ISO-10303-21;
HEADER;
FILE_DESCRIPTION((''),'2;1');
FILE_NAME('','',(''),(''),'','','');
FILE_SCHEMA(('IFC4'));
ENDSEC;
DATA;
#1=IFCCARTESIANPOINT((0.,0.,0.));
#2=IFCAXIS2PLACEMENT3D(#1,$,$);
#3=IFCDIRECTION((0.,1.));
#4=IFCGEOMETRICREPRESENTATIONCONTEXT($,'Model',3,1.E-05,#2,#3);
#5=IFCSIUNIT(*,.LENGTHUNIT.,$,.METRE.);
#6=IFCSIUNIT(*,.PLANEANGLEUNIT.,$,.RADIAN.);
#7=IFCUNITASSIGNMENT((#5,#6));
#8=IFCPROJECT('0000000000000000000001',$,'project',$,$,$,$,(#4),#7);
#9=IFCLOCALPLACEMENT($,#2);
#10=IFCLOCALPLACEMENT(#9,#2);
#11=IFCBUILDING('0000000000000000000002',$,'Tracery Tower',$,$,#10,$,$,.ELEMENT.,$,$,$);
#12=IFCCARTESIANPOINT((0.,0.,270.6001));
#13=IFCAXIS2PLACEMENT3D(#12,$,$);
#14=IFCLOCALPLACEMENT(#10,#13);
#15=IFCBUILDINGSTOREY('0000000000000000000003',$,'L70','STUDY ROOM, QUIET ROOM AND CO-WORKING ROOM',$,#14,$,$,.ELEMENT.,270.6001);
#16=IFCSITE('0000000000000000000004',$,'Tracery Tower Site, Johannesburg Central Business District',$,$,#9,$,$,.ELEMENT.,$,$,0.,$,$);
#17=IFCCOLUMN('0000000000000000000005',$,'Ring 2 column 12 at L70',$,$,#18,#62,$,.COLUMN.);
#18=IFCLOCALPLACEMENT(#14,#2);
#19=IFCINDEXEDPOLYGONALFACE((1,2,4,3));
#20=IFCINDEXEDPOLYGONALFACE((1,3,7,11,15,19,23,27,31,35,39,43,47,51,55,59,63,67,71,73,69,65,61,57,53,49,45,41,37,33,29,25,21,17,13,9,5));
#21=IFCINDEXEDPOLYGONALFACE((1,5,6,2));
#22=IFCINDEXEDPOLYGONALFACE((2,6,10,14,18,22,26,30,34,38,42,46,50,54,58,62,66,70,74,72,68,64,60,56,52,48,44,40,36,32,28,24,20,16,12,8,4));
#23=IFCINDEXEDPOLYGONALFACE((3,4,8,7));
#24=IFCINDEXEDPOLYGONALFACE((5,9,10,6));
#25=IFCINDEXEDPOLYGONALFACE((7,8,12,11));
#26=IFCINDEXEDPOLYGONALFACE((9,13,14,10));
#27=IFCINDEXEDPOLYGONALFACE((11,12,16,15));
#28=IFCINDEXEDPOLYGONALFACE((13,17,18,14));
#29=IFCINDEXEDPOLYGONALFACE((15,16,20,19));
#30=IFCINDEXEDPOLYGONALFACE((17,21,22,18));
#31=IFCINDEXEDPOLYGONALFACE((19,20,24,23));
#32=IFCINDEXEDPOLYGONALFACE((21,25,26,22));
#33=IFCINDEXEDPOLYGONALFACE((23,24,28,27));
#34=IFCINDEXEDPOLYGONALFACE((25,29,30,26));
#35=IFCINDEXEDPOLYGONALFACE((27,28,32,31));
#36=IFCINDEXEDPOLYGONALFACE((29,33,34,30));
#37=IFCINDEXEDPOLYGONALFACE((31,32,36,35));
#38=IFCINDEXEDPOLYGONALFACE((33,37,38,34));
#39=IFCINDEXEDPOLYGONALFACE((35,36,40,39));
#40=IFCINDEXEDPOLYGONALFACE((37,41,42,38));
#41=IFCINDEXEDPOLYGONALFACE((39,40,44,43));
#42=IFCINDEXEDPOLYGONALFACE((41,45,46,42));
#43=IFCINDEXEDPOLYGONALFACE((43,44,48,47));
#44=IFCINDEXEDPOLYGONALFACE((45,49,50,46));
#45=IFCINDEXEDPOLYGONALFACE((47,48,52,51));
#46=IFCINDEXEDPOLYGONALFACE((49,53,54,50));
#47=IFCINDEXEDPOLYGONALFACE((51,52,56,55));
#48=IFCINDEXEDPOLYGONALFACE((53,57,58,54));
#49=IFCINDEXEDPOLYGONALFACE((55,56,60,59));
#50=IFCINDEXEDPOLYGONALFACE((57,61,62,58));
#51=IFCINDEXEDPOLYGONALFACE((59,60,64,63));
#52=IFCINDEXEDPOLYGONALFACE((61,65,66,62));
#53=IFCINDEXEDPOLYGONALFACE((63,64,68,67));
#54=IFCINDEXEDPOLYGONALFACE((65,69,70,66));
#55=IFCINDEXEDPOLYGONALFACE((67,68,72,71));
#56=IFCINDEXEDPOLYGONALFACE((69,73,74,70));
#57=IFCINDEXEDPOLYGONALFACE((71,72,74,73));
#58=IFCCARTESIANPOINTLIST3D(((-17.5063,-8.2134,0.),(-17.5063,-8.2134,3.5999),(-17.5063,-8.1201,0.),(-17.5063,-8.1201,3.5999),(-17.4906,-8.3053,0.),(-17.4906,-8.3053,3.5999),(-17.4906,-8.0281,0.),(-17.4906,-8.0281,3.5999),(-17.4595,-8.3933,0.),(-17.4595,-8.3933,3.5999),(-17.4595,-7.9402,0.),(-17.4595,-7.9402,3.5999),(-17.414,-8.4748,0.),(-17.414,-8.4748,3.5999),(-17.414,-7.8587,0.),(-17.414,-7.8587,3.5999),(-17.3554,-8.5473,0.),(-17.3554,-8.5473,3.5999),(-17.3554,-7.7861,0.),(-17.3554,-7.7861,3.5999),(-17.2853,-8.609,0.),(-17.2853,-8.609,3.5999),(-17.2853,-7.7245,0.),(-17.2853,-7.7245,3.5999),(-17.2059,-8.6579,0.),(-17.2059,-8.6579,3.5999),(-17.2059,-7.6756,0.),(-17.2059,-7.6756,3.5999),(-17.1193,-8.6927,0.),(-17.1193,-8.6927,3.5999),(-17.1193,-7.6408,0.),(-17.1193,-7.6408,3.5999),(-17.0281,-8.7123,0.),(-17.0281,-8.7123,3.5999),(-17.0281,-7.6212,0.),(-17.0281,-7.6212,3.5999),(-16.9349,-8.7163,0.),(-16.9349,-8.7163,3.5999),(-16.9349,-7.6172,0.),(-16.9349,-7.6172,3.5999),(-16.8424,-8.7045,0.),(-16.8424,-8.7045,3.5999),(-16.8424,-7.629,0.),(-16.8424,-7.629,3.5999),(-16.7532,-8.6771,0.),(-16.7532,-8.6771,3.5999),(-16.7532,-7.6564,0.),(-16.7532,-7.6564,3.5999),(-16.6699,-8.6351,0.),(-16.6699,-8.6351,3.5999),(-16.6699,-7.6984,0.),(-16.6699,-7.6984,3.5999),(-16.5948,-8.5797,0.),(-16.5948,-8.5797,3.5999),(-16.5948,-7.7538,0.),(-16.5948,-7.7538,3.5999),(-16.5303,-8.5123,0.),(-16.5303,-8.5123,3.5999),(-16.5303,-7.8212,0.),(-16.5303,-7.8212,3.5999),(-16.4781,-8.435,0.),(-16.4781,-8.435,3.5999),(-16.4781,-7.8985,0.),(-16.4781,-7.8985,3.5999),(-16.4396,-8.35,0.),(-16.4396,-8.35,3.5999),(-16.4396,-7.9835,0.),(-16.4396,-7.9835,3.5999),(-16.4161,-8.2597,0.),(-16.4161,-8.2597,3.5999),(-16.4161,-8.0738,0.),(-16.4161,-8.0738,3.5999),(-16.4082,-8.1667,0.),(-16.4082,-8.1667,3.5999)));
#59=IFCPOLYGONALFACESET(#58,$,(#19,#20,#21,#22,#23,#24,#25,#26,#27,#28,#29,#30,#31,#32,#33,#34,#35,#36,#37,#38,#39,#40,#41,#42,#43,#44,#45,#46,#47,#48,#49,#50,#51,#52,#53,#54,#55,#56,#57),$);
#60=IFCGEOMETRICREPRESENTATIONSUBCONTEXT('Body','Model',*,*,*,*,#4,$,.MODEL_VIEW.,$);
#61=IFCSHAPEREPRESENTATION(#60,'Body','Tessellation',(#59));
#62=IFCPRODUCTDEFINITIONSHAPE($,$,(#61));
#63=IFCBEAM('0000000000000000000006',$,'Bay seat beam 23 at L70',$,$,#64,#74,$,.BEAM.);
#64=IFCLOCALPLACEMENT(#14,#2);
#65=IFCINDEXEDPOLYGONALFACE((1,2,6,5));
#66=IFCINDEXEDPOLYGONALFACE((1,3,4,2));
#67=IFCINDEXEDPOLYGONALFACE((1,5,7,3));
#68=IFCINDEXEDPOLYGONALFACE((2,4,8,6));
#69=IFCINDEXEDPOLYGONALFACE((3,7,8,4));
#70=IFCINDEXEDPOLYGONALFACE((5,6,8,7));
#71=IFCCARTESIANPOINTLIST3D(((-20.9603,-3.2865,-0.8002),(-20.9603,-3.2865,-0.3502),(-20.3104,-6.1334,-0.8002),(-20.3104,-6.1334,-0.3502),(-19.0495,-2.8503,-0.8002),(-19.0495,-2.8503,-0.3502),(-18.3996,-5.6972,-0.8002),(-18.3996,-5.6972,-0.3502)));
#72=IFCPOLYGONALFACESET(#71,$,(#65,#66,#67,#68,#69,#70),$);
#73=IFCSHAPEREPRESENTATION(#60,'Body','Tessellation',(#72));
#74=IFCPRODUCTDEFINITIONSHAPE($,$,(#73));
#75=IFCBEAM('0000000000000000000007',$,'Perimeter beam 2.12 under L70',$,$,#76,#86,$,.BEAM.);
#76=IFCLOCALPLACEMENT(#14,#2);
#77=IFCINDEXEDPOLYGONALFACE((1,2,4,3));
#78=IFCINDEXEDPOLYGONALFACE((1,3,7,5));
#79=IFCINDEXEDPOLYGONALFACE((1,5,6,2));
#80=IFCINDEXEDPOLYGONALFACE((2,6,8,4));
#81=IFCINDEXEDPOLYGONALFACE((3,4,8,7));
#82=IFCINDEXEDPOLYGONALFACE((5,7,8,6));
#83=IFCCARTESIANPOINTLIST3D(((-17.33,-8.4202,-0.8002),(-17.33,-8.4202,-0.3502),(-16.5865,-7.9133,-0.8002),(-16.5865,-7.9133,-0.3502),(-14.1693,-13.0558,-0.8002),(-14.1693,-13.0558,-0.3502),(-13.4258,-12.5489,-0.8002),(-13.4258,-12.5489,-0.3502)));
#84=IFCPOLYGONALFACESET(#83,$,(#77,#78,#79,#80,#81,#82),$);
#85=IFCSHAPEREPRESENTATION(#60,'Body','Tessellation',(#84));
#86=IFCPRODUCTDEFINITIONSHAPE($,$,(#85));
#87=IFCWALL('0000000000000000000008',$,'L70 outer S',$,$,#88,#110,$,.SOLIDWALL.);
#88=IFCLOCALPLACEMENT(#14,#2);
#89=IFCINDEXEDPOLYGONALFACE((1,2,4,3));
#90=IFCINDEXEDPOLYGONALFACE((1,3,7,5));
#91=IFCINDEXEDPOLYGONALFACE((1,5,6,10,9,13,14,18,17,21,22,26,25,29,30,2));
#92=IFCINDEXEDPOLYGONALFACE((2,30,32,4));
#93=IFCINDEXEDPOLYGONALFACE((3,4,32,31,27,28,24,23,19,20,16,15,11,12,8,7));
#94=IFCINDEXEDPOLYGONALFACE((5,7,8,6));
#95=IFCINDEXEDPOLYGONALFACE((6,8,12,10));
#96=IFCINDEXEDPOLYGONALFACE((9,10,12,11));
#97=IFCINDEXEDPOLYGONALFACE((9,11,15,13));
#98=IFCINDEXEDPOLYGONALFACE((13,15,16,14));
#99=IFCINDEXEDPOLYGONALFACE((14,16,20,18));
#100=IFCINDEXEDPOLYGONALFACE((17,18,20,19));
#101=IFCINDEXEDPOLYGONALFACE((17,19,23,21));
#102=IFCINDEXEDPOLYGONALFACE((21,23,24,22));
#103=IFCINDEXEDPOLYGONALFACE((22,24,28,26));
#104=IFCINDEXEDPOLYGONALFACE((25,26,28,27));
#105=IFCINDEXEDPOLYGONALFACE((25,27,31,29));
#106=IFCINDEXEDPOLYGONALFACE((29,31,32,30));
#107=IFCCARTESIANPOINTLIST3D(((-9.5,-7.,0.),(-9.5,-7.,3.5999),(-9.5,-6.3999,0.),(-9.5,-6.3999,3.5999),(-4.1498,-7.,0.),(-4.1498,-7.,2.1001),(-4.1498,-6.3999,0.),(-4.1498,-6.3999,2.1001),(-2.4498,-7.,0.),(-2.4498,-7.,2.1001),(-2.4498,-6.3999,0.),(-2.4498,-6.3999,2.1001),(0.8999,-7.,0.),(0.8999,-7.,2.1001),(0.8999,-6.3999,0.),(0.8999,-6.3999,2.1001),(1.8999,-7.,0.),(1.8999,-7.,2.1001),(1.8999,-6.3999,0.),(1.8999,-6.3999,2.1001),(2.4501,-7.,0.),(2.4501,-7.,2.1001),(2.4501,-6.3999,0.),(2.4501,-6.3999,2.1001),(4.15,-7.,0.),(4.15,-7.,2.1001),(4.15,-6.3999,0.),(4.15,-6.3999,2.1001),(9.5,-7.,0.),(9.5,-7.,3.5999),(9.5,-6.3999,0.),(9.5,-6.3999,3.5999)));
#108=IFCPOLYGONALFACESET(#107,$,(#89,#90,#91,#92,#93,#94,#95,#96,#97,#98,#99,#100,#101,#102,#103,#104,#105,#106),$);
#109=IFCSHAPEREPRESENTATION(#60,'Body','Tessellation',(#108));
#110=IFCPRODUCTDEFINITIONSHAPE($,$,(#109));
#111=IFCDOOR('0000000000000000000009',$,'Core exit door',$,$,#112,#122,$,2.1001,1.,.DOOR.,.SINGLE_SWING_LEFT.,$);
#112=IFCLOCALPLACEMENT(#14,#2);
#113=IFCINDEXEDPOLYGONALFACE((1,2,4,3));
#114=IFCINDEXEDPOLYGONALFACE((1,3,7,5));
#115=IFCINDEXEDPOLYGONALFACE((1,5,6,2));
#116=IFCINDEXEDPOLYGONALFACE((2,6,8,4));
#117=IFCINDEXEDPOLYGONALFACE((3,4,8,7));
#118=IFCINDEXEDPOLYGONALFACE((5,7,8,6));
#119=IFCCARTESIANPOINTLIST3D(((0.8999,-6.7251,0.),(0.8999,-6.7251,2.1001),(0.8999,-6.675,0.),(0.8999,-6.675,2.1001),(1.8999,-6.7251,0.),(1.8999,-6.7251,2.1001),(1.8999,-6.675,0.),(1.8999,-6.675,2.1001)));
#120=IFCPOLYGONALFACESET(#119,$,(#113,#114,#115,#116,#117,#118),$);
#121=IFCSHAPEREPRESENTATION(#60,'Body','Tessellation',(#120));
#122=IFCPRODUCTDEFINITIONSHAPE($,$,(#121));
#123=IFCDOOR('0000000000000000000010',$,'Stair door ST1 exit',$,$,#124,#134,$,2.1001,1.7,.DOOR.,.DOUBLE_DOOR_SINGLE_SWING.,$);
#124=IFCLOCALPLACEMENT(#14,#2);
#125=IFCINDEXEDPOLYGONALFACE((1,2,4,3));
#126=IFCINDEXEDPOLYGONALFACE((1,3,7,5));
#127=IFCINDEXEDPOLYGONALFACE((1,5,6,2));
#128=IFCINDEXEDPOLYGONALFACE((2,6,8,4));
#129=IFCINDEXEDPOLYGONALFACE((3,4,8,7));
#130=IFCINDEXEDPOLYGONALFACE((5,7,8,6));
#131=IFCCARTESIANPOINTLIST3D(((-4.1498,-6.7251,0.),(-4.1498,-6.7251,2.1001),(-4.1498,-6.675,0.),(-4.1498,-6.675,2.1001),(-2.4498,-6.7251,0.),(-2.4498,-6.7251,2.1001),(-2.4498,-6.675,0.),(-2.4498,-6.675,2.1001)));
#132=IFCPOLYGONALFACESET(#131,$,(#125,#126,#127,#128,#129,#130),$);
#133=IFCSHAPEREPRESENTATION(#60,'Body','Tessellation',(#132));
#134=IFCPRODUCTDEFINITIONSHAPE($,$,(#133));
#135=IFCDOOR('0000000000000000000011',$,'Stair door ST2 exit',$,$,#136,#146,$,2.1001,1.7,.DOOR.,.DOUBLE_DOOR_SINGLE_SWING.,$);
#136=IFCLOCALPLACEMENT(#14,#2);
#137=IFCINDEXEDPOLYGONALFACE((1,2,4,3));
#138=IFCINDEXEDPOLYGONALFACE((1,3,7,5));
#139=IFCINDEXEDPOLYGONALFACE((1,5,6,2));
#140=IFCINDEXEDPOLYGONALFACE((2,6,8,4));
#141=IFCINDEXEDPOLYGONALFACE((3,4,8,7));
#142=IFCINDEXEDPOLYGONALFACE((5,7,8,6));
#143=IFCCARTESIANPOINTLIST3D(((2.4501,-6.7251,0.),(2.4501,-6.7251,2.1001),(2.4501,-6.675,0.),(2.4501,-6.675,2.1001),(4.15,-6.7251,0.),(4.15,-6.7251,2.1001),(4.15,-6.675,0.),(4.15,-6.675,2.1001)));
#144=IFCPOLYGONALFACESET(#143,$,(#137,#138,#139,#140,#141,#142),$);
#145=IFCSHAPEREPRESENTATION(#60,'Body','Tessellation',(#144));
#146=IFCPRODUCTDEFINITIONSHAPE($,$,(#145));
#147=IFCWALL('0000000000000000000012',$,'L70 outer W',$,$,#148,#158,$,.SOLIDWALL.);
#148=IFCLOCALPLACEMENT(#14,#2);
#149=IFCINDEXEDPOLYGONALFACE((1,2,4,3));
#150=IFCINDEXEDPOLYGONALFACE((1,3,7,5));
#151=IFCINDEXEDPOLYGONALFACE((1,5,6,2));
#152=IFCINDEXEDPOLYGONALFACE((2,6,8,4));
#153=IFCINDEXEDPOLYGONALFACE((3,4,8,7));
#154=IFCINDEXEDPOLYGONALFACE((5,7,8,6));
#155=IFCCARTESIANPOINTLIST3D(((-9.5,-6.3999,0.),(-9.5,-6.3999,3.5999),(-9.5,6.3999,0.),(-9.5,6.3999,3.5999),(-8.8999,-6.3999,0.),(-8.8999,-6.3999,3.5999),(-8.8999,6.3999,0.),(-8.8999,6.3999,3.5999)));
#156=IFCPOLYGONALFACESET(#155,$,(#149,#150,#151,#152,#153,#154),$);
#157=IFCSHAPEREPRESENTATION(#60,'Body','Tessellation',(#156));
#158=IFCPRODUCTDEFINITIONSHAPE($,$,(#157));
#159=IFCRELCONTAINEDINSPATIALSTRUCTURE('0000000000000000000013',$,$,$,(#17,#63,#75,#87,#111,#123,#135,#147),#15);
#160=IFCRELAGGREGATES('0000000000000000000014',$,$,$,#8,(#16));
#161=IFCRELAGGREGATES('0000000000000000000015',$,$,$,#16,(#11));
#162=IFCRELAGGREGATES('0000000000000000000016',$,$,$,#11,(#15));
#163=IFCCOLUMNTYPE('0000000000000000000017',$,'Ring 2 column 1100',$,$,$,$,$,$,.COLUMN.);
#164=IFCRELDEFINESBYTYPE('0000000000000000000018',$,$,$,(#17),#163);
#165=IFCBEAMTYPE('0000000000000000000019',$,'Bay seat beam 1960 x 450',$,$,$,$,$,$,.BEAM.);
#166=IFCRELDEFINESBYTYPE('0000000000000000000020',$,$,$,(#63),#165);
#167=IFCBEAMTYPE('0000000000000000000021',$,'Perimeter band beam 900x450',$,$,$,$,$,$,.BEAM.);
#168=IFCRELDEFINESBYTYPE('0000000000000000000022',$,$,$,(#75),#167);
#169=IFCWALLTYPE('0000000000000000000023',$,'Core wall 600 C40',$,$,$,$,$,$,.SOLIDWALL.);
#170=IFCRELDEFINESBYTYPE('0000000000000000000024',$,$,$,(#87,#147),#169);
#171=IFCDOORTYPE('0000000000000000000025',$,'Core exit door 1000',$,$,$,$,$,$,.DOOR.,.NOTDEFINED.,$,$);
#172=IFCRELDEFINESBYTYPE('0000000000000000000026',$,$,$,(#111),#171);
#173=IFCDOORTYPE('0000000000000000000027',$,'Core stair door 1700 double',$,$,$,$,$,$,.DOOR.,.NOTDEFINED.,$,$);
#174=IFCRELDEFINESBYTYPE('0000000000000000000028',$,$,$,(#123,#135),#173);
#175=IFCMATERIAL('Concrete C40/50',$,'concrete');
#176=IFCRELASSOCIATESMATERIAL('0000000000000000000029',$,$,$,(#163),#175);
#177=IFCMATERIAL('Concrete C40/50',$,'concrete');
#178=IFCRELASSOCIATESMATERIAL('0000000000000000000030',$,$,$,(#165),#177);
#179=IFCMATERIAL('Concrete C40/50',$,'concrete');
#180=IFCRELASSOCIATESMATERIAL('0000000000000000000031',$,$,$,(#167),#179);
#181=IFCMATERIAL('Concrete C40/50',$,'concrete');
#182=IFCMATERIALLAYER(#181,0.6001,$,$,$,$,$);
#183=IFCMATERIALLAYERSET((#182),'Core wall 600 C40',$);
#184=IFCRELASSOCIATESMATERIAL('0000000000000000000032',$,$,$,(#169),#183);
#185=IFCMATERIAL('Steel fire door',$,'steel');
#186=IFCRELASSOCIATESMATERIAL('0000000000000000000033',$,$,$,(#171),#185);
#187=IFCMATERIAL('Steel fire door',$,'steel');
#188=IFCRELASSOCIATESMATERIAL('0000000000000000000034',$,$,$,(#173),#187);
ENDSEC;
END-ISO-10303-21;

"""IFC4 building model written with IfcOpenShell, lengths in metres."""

from ifc_helpers import new_model, si_unit, direction, frame, frame_2d, origin, origin_2d, place, context, subcontext, project, spatial, rectangle, circle, extrude, material, layer, layer_set, material_profile, profile_set, type_object, element, fill, save


model = new_model("IFC4")

# Units and contexts
model_context = context("Model", 3, precision=1e-05, world=origin(), true_north=direction((0.0, 1.0)))
body_context = subcontext(model_context, "Body", "Model", "MODEL_VIEW")
ifc_project = project(units=[si_unit("LENGTHUNIT", "METRE"), si_unit("PLANEANGLEUNIT", "RADIAN")], contexts=[model_context])

# Site, building, storey
site_placement = place(None, origin())
site = spatial("IfcSite", under=ifc_project, at=site_placement, Name="Tracery Tower Site, Johannesburg Central Business District", CompositionType="ELEMENT", RefElevation=0.0)
building_placement = place(site_placement, origin())
building = spatial("IfcBuilding", under=site, at=building_placement, Name="Tracery Tower", CompositionType="ELEMENT")
storey_placement = place(building_placement, frame((0.0, 0.0, 270.6001)))
storey = spatial("IfcBuildingStorey", under=building, at=storey_placement, Name="L70", Description="STUDY ROOM, QUIET ROOM AND CO-WORKING ROOM", CompositionType="ELEMENT", Elevation=270.6001)

# Column
ifc_material_1 = material(Name="Concrete C40/50", Category="concrete")
ifc_material_profile_1 = material_profile(ifc_material_1, circle(Radius=0.55, at=origin_2d()), Name="RC D1100")
ifc_profile_set_1 = profile_set([ifc_material_profile_1], Name="Concrete C40/50")
column_type = type_object("IfcColumnType", Name="Ring 2 column 1100", PredefinedType="COLUMN", material=ifc_profile_set_1)
column_placement = place(storey_placement, frame((-16.9583, -8.1667, 0.0), z_axis=(0.0, 0.0, 1.0), x_axis=(1.0, 0.0, 0.0)))
element("IfcColumn", 1, at=column_placement, inside=storey, type_object=column_type, Name="Ring 2 column 12 at L70", PredefinedType="COLUMN", context=body_context, shape_type="SweptSolid", body=[
    extrude(circle(Radius=0.55, at=origin_2d()), origin(), (0.0, 0.0, 1.0), 3.5999),
])

# Beams
ifc_material_2 = material(Name="Concrete C40/50", Category="concrete")
ifc_material_profile_2 = material_profile(ifc_material_2, rectangle(XDim=1.96, YDim=0.45, at=origin_2d()), Name="RC 1960x450")
ifc_profile_set_2 = profile_set([ifc_material_profile_2], Name="Concrete C40/50")
beam_type_1 = type_object("IfcBeamType", Name="Bay seat beam 1960 x 450", PredefinedType="BEAM", material=ifc_profile_set_2)
beam_1_placement = place(storey_placement, frame((-20.0049, -3.0684, -0.5752), z_axis=(0.222557, -0.97492, 0.0), x_axis=(0.97492, 0.222557, 0.0)))
element("IfcBeam", 2, at=beam_1_placement, inside=storey, type_object=beam_type_1, Name="Bay seat beam 23 at L70", PredefinedType="BEAM", context=body_context, shape_type="SweptSolid", body=[
    extrude(rectangle(XDim=1.96, YDim=0.45, at=origin_2d()), origin(), (0.0, 0.0, 1.0), 2.9202),
])
ifc_material_3 = material(Name="Concrete C40/50", Category="concrete")
ifc_material_profile_3 = material_profile(ifc_material_3, rectangle(XDim=0.8999, YDim=0.45, at=origin_2d()), Name="RC 900x450")
ifc_profile_set_3 = profile_set([ifc_material_profile_3], Name="Concrete C40/50")
beam_type_2 = type_object("IfcBeamType", Name="Perimeter band beam 900x450", PredefinedType="BEAM", material=ifc_profile_set_3)
beam_2_placement = place(storey_placement, frame((-16.9583, -8.1667, -0.5752), z_axis=(0.563346, -0.826221, 0.0), x_axis=(0.826221, 0.563346, 0.0)))
element("IfcBeam", 3, at=beam_2_placement, inside=storey, type_object=beam_type_2, Name="Perimeter beam 2.12 under L70", PredefinedType="BEAM", context=body_context, shape_type="SweptSolid", body=[
    extrude(rectangle(XDim=0.8999, YDim=0.45, at=origin_2d()), origin(), (0.0, 0.0, 1.0), 5.6106),
])

# Wall, openings, doors
ifc_material_4 = material(Name="Concrete C40/50", Category="concrete")
ifc_layer_1 = layer(ifc_material_4, 0.6001)
ifc_layer_set_1 = layer_set([ifc_layer_1], Name="Core wall 600 C40")
wall_type_1 = type_object("IfcWallType", Name="Core wall 600 C40", PredefinedType="SOLIDWALL", material=ifc_layer_set_1)
wall_1_placement = place(storey_placement, frame((-9.5, -6.7, 0.0), z_axis=(0.0, 0.0, 1.0), x_axis=(1.0, 0.0, 0.0)))
wall_1 = element("IfcWall", 4, at=wall_1_placement, inside=storey, type_object=wall_type_1, Name="L70 outer S", PredefinedType="SOLIDWALL", context=body_context, shape_type="SweptSolid", body=[
    extrude(rectangle(XDim=19.0, YDim=0.6001, at=frame_2d((9.5, 0.0))), origin(), (0.0, 0.0, 1.0), 3.5999),
])
opening_1_placement = place(wall_1_placement, frame((10.3999, 0.0, 0.0)))
opening_1 = element("IfcOpeningElement", 5, at=opening_1_placement, cuts=wall_1, PredefinedType="OPENING", context=body_context, shape_type="SweptSolid", body=[
    extrude(rectangle(XDim=1.0, YDim=2.1001, at=frame_2d((0.5, 1.05))), frame((0.0, 0.3, 0.0), z_axis=(0.0, -1.0, 0.0), x_axis=(1.0, 0.0, 0.0)), (0.0, 0.0, 1.0), 0.6001),
])
opening_2_placement = place(wall_1_placement, frame((5.3501, 0.0, 0.0)))
opening_2 = element("IfcOpeningElement", 6, at=opening_2_placement, cuts=wall_1, PredefinedType="OPENING", context=body_context, shape_type="SweptSolid", body=[
    extrude(rectangle(XDim=1.7, YDim=2.1001, at=frame_2d((0.8501, 1.05))), frame((0.0, 0.3, 0.0), z_axis=(0.0, -1.0, 0.0), x_axis=(1.0, 0.0, 0.0)), (0.0, 0.0, 1.0), 0.6001),
])
opening_3_placement = place(wall_1_placement, frame((11.95, 0.0, 0.0)))
opening_3 = element("IfcOpeningElement", 7, at=opening_3_placement, cuts=wall_1, PredefinedType="OPENING", context=body_context, shape_type="SweptSolid", body=[
    extrude(rectangle(XDim=1.7, YDim=2.1001, at=frame_2d((0.8501, 1.05))), frame((0.0, 0.3, 0.0), z_axis=(0.0, -1.0, 0.0), x_axis=(1.0, 0.0, 0.0)), (0.0, 0.0, 1.0), 0.6001),
])
ifc_material_5 = material(Name="Steel fire door", Category="steel")
door_type_1 = type_object("IfcDoorType", Name="Core exit door 1000", OperationType="NOTDEFINED", PredefinedType="DOOR", material=ifc_material_5)
door_1_placement = place(opening_1_placement, origin())
door_1 = element("IfcDoor", 8, at=door_1_placement, inside=storey, type_object=door_type_1, Name="Core exit door", OperationType="SINGLE_SWING_LEFT", OverallHeight=2.1001, OverallWidth=1.0, PredefinedType="DOOR", context=body_context, shape_type="SweptSolid", body=[
    extrude(rectangle(XDim=1.0, YDim=2.1001, at=frame_2d((0.5, 1.05))), frame((0.0, 0.0249, 0.0), z_axis=(0.0, -1.0, 0.0), x_axis=(1.0, 0.0, 0.0)), (0.0, 0.0, 1.0), 0.05),
])
fill(opening_1, door_1)
ifc_material_6 = material(Name="Steel fire door", Category="steel")
door_type_2 = type_object("IfcDoorType", Name="Core stair door 1700 double", OperationType="NOTDEFINED", PredefinedType="DOOR", material=ifc_material_6)
door_2_placement = place(opening_2_placement, origin())
door_2 = element("IfcDoor", 9, at=door_2_placement, inside=storey, type_object=door_type_2, Name="Stair door ST1 exit", OperationType="DOUBLE_DOOR_SINGLE_SWING", OverallHeight=2.1001, OverallWidth=1.7, PredefinedType="DOOR", context=body_context, shape_type="SweptSolid", body=[
    extrude(rectangle(XDim=1.7, YDim=2.1001, at=frame_2d((0.8501, 1.05))), frame((0.0, 0.0249, 0.0), z_axis=(0.0, -1.0, 0.0), x_axis=(1.0, 0.0, 0.0)), (0.0, 0.0, 1.0), 0.05),
])
fill(opening_2, door_2)
door_3_placement = place(opening_3_placement, origin())
door_3 = element("IfcDoor", 10, at=door_3_placement, inside=storey, type_object=door_type_2, Name="Stair door ST2 exit", OperationType="DOUBLE_DOOR_SINGLE_SWING", OverallHeight=2.1001, OverallWidth=1.7, PredefinedType="DOOR", context=body_context, shape_type="SweptSolid", body=[
    extrude(rectangle(XDim=1.7, YDim=2.1001, at=frame_2d((0.8501, 1.05))), frame((0.0, 0.0249, 0.0), z_axis=(0.0, -1.0, 0.0), x_axis=(1.0, 0.0, 0.0)), (0.0, 0.0, 1.0), 0.05),
])
fill(opening_3, door_3)

# Wall
wall_2_placement = place(storey_placement, frame((-9.2, -6.3999, 0.0), z_axis=(0.0, 0.0, 1.0), x_axis=(0.0, 1.0, 0.0)))
element("IfcWall", 11, at=wall_2_placement, inside=storey, type_object=wall_type_1, Name="L70 outer W", PredefinedType="SOLIDWALL", context=body_context, shape_type="SweptSolid", body=[
    extrude(rectangle(XDim=12.7998, YDim=0.6001, at=frame_2d((6.3999, 0.0))), origin(), (0.0, 0.0, 1.0), 3.5999),
])

save(model, "model.ifc")
